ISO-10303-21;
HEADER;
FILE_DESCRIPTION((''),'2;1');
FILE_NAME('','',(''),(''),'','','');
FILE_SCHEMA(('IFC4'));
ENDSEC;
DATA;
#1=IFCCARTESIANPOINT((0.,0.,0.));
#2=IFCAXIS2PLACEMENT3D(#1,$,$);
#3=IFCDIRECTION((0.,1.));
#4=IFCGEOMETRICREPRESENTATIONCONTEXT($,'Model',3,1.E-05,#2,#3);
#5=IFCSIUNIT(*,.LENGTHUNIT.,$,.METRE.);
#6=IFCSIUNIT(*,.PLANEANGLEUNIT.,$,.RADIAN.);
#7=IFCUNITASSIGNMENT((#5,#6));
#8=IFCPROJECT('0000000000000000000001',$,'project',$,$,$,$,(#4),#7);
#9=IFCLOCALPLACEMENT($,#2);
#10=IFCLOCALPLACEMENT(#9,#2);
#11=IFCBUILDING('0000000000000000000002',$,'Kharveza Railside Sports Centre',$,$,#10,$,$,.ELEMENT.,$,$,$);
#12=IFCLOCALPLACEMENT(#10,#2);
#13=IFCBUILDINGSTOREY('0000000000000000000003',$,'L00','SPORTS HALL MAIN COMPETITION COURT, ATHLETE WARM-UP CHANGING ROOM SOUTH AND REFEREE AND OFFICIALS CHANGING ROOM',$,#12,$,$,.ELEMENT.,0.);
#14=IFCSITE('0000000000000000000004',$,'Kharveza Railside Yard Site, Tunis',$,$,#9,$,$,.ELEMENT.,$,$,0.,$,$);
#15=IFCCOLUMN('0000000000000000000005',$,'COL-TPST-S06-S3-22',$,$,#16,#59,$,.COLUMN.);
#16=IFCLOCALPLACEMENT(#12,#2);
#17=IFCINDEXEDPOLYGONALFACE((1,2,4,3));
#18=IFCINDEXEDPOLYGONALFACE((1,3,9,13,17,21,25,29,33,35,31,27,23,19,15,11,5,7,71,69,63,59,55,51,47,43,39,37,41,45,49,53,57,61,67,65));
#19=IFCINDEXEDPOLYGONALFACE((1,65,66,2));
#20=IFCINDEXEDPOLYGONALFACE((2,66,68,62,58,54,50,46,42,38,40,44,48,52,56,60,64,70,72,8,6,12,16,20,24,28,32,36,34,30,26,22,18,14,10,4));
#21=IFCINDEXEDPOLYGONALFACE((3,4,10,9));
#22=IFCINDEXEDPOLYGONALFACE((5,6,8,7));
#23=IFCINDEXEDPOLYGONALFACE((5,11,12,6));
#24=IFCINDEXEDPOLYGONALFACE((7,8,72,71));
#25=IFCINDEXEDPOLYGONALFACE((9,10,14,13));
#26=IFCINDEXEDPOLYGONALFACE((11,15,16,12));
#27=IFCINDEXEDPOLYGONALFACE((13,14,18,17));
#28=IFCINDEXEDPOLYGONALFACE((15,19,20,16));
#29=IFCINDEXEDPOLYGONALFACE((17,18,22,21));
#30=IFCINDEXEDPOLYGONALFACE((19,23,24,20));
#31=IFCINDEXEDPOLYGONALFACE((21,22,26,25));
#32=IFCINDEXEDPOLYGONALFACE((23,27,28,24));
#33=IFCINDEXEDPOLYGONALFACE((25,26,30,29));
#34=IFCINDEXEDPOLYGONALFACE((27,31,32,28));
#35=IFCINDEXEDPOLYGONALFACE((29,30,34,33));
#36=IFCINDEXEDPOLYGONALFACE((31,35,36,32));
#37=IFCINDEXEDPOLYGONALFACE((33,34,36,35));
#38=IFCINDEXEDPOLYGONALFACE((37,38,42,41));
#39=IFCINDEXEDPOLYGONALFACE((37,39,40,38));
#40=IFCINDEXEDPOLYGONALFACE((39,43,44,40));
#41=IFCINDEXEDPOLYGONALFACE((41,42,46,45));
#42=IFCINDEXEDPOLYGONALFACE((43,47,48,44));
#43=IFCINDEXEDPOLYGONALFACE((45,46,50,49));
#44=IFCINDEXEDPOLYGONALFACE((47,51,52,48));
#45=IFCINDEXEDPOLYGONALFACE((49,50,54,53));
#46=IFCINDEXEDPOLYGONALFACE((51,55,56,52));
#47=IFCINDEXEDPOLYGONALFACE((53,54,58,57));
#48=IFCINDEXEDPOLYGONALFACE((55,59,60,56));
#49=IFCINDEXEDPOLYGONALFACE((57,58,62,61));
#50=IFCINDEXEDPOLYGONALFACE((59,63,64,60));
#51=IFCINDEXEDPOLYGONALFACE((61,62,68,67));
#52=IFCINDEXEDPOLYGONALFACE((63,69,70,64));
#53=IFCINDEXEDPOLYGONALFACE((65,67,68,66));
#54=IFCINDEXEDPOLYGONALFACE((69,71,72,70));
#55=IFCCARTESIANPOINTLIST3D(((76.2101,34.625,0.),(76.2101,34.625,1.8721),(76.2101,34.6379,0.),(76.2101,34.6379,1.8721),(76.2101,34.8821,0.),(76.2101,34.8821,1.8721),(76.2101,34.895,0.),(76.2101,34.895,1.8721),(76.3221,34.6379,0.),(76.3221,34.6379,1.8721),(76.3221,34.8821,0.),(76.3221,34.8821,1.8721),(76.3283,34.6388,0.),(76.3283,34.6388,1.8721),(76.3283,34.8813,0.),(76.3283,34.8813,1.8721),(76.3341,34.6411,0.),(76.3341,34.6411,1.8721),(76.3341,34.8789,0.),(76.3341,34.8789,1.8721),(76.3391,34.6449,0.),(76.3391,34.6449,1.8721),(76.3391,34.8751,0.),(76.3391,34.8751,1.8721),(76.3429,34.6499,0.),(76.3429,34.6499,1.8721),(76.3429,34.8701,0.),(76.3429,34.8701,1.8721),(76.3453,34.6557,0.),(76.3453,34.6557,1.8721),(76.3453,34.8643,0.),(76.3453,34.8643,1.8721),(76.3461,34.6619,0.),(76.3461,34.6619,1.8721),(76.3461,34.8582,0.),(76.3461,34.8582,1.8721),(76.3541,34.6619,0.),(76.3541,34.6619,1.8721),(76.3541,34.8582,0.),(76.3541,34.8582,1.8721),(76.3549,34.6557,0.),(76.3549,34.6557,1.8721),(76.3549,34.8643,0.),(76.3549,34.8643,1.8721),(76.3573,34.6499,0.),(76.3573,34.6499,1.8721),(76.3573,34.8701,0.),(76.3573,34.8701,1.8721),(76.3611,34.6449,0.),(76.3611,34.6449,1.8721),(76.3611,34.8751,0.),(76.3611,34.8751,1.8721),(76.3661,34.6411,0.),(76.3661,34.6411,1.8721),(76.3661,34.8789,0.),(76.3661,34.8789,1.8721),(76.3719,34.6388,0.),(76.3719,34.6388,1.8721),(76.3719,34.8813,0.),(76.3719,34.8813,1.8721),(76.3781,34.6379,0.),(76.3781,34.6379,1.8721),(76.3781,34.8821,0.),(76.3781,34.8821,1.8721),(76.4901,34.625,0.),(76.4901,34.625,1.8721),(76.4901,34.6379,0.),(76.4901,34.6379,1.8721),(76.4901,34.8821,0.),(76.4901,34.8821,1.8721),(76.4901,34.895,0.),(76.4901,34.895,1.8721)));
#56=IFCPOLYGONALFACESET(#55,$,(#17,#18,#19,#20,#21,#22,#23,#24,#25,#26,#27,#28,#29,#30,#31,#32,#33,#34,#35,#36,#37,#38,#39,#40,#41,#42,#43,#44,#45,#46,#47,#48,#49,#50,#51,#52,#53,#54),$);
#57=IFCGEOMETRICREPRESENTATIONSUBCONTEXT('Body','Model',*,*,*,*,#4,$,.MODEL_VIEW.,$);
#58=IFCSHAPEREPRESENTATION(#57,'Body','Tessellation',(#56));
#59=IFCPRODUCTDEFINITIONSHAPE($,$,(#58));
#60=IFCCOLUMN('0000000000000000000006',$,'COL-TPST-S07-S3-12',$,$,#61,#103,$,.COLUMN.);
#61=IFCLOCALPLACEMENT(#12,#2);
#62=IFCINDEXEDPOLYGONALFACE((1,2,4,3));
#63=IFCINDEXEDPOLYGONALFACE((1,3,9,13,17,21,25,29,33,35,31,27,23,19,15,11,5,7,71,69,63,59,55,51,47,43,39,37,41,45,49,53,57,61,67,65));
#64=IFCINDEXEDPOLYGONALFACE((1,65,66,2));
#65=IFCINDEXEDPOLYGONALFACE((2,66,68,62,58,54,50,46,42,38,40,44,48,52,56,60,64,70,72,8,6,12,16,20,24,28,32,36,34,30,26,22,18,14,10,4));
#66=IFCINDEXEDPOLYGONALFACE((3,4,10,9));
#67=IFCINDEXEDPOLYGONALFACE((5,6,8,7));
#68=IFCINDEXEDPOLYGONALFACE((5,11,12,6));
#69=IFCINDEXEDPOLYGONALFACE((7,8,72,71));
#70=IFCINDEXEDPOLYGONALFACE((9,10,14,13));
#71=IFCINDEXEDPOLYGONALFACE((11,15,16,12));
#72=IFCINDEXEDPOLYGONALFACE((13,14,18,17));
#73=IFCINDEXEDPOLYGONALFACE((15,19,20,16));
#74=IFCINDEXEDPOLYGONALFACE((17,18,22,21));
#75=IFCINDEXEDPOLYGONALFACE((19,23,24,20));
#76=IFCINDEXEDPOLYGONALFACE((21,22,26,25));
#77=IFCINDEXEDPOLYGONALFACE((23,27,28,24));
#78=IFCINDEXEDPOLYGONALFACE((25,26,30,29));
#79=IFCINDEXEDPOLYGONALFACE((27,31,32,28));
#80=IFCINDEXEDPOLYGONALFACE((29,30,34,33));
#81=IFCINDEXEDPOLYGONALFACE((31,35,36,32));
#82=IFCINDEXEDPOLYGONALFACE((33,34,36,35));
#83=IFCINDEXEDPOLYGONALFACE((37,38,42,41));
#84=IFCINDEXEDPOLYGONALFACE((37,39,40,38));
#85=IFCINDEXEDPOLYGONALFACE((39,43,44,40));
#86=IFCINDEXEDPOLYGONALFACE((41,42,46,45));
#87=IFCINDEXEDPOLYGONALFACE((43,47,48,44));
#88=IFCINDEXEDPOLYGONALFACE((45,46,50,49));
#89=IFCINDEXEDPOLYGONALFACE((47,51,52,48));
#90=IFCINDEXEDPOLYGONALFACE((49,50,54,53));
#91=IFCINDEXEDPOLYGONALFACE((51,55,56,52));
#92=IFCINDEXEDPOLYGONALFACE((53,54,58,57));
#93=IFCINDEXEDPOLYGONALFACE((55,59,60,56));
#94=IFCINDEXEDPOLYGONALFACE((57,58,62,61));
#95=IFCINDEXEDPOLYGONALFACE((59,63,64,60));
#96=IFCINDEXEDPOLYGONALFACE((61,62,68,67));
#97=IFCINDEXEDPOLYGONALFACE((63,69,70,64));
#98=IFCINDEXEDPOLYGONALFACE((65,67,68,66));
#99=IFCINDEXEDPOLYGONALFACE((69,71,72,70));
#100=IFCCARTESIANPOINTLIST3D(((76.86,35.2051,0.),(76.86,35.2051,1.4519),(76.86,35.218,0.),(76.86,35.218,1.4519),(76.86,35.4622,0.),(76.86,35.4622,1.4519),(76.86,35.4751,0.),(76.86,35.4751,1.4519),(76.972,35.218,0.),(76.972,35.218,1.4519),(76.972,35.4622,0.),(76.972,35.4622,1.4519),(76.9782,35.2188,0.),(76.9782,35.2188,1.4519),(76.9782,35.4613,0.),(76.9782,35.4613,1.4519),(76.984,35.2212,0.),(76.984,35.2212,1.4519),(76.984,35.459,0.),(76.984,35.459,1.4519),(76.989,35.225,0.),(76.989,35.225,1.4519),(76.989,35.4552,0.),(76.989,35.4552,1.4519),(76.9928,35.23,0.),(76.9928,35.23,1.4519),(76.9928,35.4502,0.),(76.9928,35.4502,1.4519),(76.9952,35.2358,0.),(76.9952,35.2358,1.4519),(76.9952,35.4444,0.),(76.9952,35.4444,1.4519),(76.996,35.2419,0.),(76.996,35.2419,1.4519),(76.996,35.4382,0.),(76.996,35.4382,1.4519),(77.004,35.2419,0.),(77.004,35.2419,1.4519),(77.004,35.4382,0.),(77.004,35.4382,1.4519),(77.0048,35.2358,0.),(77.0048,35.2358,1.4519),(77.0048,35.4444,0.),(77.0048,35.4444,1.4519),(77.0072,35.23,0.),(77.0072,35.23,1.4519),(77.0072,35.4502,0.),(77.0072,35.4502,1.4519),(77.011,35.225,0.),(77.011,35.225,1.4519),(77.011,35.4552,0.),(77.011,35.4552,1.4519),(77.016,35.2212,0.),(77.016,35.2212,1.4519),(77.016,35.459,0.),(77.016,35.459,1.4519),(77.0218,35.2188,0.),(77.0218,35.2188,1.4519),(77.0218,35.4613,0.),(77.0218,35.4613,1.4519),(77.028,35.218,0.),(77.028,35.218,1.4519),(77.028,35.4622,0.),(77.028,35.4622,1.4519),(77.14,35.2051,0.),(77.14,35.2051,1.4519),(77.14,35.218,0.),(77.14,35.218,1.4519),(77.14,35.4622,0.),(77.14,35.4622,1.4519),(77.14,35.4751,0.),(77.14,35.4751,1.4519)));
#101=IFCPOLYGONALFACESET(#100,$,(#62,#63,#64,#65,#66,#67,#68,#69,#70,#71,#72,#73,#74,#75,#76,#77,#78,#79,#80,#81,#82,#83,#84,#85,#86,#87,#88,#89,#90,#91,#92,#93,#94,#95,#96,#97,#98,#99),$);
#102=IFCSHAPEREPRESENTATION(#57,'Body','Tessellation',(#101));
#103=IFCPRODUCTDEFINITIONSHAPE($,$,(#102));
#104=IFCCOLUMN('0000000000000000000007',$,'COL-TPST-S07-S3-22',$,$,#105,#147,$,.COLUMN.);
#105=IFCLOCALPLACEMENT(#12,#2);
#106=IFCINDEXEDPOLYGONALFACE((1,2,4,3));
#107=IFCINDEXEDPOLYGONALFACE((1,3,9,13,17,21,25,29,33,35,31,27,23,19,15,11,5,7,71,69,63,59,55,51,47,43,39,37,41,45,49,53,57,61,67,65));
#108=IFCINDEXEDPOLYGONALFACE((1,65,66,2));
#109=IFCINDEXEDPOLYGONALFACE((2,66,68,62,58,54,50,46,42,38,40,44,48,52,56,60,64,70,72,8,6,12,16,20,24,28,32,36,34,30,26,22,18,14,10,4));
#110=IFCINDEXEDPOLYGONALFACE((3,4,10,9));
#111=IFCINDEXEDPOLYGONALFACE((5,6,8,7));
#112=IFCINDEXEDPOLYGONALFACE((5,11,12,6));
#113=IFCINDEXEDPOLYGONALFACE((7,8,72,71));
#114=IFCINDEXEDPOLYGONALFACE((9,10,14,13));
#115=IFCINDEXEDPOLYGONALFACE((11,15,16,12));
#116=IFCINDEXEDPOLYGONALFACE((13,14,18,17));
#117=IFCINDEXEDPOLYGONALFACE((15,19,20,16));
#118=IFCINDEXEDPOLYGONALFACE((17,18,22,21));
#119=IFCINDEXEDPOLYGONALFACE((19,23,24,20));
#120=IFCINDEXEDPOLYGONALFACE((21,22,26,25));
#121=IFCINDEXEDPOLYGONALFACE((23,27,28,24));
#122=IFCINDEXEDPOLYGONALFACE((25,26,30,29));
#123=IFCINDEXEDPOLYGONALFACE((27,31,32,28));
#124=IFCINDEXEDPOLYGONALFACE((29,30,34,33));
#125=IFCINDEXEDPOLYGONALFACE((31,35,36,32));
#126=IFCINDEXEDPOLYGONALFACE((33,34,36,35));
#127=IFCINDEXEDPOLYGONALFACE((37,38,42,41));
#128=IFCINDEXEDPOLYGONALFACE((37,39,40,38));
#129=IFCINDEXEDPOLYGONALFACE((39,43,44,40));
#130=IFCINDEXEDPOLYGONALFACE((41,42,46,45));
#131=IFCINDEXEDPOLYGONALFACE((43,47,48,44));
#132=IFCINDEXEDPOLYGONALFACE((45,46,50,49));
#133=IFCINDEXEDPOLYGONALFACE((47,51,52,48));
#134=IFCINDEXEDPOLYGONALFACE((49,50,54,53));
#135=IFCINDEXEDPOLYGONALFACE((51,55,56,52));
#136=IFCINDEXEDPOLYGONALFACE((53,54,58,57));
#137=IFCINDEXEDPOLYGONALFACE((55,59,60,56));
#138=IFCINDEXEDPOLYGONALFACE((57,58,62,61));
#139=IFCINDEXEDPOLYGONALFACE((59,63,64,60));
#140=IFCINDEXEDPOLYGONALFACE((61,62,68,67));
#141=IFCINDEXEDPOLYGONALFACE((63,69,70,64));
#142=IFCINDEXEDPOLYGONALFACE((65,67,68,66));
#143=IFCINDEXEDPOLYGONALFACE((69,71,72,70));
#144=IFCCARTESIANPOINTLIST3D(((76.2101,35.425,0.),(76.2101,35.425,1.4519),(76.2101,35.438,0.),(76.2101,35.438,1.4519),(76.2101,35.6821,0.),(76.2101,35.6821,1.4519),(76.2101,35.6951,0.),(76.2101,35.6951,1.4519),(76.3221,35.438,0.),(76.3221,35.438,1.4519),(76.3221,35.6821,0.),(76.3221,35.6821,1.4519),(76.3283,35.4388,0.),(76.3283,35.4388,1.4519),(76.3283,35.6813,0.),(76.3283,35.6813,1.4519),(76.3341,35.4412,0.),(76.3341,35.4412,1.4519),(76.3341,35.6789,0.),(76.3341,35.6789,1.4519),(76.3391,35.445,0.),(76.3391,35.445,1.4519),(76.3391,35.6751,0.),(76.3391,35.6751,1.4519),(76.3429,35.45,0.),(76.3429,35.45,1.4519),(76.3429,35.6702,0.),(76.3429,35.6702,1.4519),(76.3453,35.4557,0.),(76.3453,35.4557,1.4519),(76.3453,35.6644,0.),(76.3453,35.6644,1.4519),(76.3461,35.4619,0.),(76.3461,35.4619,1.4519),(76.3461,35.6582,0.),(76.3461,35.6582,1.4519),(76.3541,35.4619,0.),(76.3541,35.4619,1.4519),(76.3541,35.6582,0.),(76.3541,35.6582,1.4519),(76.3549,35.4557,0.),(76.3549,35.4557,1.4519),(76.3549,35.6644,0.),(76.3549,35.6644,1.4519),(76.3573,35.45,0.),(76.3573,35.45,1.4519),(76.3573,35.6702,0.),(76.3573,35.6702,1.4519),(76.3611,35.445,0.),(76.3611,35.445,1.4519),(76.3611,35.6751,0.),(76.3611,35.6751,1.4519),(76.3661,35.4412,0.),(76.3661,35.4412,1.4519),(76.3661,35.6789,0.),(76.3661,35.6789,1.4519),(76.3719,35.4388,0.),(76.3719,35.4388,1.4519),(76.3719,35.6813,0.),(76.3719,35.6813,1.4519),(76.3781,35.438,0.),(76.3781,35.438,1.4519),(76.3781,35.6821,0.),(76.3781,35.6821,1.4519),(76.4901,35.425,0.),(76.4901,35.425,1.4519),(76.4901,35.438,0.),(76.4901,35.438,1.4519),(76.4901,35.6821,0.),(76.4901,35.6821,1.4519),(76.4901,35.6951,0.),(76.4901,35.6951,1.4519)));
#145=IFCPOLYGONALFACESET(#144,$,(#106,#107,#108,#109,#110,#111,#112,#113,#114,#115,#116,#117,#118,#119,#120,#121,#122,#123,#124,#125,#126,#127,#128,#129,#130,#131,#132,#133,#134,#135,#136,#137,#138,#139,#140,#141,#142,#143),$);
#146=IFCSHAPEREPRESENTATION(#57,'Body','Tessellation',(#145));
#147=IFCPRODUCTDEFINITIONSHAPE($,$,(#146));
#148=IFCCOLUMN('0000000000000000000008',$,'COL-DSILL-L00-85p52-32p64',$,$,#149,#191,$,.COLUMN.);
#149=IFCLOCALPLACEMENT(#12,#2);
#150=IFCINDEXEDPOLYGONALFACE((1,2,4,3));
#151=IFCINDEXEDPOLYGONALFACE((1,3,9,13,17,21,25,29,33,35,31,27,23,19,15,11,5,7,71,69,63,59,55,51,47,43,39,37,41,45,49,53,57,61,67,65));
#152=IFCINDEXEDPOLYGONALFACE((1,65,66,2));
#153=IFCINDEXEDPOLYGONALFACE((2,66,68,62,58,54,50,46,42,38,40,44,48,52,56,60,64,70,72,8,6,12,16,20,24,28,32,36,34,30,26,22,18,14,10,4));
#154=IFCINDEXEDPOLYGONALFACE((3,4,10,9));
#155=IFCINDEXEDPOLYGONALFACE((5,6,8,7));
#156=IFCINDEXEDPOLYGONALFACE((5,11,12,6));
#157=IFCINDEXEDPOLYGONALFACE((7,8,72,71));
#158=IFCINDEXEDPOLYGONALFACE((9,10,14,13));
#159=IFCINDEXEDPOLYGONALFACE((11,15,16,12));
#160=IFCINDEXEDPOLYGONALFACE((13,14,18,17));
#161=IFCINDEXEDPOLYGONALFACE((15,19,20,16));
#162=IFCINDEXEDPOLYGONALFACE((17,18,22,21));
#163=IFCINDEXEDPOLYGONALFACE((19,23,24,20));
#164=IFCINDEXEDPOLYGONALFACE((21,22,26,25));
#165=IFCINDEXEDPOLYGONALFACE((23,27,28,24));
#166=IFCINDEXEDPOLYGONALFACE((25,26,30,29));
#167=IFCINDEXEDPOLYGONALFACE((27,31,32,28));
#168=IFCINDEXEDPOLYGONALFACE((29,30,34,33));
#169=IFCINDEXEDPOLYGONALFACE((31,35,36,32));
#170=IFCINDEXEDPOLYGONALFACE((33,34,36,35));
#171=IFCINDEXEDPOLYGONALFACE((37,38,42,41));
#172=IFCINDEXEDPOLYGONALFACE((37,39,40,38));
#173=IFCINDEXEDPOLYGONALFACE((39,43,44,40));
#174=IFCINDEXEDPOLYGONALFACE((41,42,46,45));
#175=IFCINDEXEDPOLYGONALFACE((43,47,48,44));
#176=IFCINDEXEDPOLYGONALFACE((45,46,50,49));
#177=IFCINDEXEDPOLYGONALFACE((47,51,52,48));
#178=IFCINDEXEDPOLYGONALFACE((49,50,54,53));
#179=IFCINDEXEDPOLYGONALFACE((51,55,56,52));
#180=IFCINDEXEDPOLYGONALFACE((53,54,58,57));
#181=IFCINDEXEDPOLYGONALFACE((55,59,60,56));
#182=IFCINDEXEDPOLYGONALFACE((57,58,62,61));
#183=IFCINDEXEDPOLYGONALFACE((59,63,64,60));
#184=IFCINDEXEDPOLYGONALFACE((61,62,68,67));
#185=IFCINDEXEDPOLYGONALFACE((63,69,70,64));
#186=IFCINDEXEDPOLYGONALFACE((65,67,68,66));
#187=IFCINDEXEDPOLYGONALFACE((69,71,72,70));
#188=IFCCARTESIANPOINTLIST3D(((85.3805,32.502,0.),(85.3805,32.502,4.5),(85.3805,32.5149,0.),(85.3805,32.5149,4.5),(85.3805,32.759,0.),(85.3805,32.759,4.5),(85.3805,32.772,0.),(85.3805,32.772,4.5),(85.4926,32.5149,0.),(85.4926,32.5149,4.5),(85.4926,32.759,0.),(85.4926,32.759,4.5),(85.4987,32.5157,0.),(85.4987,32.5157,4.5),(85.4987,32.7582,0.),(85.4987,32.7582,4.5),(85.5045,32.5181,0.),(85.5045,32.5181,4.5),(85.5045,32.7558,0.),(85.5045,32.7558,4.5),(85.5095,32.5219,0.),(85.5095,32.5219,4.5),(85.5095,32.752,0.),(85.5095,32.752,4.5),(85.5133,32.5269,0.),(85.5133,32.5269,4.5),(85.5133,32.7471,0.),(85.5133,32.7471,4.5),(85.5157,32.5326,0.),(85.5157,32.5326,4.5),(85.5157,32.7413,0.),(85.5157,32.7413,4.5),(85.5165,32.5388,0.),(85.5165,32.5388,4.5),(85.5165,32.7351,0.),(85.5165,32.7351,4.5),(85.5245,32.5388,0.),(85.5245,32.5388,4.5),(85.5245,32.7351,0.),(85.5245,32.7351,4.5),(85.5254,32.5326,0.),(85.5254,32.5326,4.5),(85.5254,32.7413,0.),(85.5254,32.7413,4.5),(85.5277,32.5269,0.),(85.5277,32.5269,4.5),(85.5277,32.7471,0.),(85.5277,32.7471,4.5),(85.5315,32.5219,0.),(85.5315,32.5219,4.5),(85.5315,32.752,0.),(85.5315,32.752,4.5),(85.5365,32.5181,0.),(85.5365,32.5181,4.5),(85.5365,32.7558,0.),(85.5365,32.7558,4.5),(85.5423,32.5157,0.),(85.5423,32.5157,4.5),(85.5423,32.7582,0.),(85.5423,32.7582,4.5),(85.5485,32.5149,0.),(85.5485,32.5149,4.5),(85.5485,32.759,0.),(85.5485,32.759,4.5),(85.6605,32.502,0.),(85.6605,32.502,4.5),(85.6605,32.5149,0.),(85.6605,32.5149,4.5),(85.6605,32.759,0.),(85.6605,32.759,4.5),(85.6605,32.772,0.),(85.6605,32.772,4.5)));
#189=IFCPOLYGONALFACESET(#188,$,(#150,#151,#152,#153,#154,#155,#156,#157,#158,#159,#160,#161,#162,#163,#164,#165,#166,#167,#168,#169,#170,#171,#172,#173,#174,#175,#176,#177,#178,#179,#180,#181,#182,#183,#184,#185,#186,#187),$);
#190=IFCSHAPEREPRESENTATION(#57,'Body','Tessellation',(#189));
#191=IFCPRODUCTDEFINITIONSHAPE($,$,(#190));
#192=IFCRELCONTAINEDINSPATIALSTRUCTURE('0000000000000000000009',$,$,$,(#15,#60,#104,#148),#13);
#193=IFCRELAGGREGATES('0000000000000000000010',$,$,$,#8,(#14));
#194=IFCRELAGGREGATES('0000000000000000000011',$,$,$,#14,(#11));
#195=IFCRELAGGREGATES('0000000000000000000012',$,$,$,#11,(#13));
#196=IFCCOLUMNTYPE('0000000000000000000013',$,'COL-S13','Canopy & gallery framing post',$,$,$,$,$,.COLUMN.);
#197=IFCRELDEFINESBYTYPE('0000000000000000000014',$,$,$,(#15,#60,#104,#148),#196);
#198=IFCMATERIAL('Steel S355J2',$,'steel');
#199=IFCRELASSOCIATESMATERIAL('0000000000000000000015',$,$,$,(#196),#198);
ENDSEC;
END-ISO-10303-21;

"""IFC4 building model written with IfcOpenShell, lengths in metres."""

from ifc_helpers import new_model, si_unit, direction, frame, origin, origin_2d, place, context, subcontext, project, spatial, i_section, extrude, material, material_profile, profile_set, type_object, element, save


model = new_model("IFC4")

# Units and contexts
model_context = context("Model", 3, precision=1e-05, world=origin(), true_north=direction((0.0, 1.0)))
body_context = subcontext(model_context, "Body", "Model", "MODEL_VIEW")
ifc_project = project(units=[si_unit("LENGTHUNIT", "METRE"), si_unit("PLANEANGLEUNIT", "RADIAN")], contexts=[model_context])

# Site, building, storey
site_placement = place(None, origin())
site = spatial("IfcSite", under=ifc_project, at=site_placement, Name="Kharveza Railside Yard Site, Tunis", CompositionType="ELEMENT", RefElevation=0.0)
building_placement = place(site_placement, origin())
building = spatial("IfcBuilding", under=site, at=building_placement, Name="Kharveza Railside Sports Centre", CompositionType="ELEMENT")
storey_placement = place(building_placement, origin())
storey = spatial("IfcBuildingStorey", under=building, at=storey_placement, Name="L00", Description="SPORTS HALL MAIN COMPETITION COURT, ATHLETE WARM-UP CHANGING ROOM SOUTH AND REFEREE AND OFFICIALS CHANGING ROOM", CompositionType="ELEMENT", Elevation=0.0)

# Columns
ifc_material_1 = material(Name="Steel S355J2", Category="steel")
ifc_material_profile_1 = material_profile(ifc_material_1, i_section(OverallWidth=0.28, OverallDepth=0.27, WebThickness=0.0081, FlangeThickness=0.0129, FilletRadius=0.0239, at=origin_2d()), Name="HEA 280")
ifc_profile_set_1 = profile_set([ifc_material_profile_1], Name="Steel S355J2")
column_type_1 = type_object("IfcColumnType", Name="COL-S13", Description="Canopy & gallery framing post", PredefinedType="COLUMN", material=ifc_profile_set_1)
for number, where, z_axis, x_axis, name in (
    (1, (76.3501, 34.76, 0.0), (0.0, 0.0, 1.0), (1.0, 0.0, 0.0), "COL-TPST-S06-S3-22"),
):
    element("IfcColumn", number, at=place(storey_placement, frame(where, z_axis=z_axis, x_axis=x_axis)), inside=storey, type_object=column_type_1, Name=name, PredefinedType="COLUMN", context=body_context, shape_type="SweptSolid", body=[
        extrude(i_section(OverallWidth=0.28, OverallDepth=0.27, WebThickness=0.0081, FlangeThickness=0.0129, FilletRadius=0.0239, at=origin_2d()), origin(), (0.0, 0.0, 1.0), 1.8721),
    ])
for number, where, z_axis, x_axis, name in (
    (2, (77.0, 35.3401, 0.0), (0.0, 0.0, 1.0), (1.0, 0.0, 0.0), "COL-TPST-S07-S3-12"),
    (3, (76.3501, 35.5601, 0.0), (0.0, 0.0, 1.0), (1.0, 0.0, 0.0), "COL-TPST-S07-S3-22"),
):
    element("IfcColumn", number, at=place(storey_placement, frame(where, z_axis=z_axis, x_axis=x_axis)), inside=storey, type_object=column_type_1, Name=name, PredefinedType="COLUMN", context=body_context, shape_type="SweptSolid", body=[
        extrude(i_section(OverallWidth=0.28, OverallDepth=0.27, WebThickness=0.0081, FlangeThickness=0.0129, FilletRadius=0.0239, at=origin_2d()), origin(), (0.0, 0.0, 1.0), 1.4519),
    ])
column_1_placement = place(storey_placement, frame((85.5205, 32.637, 0.0), z_axis=(0.0, 0.0, 1.0), x_axis=(1.0, 0.0, 0.0)))
element("IfcColumn", 4, at=column_1_placement, inside=storey, type_object=column_type_1, Name="COL-DSILL-L00-85p52-32p64", PredefinedType="COLUMN", context=body_context, shape_type="SweptSolid", body=[
    extrude(i_section(OverallWidth=0.28, OverallDepth=0.27, WebThickness=0.0081, FlangeThickness=0.0129, FilletRadius=0.0239, at=origin_2d()), origin(), (0.0, 0.0, 1.0), 4.5),
])

save(model, "model.ifc")
